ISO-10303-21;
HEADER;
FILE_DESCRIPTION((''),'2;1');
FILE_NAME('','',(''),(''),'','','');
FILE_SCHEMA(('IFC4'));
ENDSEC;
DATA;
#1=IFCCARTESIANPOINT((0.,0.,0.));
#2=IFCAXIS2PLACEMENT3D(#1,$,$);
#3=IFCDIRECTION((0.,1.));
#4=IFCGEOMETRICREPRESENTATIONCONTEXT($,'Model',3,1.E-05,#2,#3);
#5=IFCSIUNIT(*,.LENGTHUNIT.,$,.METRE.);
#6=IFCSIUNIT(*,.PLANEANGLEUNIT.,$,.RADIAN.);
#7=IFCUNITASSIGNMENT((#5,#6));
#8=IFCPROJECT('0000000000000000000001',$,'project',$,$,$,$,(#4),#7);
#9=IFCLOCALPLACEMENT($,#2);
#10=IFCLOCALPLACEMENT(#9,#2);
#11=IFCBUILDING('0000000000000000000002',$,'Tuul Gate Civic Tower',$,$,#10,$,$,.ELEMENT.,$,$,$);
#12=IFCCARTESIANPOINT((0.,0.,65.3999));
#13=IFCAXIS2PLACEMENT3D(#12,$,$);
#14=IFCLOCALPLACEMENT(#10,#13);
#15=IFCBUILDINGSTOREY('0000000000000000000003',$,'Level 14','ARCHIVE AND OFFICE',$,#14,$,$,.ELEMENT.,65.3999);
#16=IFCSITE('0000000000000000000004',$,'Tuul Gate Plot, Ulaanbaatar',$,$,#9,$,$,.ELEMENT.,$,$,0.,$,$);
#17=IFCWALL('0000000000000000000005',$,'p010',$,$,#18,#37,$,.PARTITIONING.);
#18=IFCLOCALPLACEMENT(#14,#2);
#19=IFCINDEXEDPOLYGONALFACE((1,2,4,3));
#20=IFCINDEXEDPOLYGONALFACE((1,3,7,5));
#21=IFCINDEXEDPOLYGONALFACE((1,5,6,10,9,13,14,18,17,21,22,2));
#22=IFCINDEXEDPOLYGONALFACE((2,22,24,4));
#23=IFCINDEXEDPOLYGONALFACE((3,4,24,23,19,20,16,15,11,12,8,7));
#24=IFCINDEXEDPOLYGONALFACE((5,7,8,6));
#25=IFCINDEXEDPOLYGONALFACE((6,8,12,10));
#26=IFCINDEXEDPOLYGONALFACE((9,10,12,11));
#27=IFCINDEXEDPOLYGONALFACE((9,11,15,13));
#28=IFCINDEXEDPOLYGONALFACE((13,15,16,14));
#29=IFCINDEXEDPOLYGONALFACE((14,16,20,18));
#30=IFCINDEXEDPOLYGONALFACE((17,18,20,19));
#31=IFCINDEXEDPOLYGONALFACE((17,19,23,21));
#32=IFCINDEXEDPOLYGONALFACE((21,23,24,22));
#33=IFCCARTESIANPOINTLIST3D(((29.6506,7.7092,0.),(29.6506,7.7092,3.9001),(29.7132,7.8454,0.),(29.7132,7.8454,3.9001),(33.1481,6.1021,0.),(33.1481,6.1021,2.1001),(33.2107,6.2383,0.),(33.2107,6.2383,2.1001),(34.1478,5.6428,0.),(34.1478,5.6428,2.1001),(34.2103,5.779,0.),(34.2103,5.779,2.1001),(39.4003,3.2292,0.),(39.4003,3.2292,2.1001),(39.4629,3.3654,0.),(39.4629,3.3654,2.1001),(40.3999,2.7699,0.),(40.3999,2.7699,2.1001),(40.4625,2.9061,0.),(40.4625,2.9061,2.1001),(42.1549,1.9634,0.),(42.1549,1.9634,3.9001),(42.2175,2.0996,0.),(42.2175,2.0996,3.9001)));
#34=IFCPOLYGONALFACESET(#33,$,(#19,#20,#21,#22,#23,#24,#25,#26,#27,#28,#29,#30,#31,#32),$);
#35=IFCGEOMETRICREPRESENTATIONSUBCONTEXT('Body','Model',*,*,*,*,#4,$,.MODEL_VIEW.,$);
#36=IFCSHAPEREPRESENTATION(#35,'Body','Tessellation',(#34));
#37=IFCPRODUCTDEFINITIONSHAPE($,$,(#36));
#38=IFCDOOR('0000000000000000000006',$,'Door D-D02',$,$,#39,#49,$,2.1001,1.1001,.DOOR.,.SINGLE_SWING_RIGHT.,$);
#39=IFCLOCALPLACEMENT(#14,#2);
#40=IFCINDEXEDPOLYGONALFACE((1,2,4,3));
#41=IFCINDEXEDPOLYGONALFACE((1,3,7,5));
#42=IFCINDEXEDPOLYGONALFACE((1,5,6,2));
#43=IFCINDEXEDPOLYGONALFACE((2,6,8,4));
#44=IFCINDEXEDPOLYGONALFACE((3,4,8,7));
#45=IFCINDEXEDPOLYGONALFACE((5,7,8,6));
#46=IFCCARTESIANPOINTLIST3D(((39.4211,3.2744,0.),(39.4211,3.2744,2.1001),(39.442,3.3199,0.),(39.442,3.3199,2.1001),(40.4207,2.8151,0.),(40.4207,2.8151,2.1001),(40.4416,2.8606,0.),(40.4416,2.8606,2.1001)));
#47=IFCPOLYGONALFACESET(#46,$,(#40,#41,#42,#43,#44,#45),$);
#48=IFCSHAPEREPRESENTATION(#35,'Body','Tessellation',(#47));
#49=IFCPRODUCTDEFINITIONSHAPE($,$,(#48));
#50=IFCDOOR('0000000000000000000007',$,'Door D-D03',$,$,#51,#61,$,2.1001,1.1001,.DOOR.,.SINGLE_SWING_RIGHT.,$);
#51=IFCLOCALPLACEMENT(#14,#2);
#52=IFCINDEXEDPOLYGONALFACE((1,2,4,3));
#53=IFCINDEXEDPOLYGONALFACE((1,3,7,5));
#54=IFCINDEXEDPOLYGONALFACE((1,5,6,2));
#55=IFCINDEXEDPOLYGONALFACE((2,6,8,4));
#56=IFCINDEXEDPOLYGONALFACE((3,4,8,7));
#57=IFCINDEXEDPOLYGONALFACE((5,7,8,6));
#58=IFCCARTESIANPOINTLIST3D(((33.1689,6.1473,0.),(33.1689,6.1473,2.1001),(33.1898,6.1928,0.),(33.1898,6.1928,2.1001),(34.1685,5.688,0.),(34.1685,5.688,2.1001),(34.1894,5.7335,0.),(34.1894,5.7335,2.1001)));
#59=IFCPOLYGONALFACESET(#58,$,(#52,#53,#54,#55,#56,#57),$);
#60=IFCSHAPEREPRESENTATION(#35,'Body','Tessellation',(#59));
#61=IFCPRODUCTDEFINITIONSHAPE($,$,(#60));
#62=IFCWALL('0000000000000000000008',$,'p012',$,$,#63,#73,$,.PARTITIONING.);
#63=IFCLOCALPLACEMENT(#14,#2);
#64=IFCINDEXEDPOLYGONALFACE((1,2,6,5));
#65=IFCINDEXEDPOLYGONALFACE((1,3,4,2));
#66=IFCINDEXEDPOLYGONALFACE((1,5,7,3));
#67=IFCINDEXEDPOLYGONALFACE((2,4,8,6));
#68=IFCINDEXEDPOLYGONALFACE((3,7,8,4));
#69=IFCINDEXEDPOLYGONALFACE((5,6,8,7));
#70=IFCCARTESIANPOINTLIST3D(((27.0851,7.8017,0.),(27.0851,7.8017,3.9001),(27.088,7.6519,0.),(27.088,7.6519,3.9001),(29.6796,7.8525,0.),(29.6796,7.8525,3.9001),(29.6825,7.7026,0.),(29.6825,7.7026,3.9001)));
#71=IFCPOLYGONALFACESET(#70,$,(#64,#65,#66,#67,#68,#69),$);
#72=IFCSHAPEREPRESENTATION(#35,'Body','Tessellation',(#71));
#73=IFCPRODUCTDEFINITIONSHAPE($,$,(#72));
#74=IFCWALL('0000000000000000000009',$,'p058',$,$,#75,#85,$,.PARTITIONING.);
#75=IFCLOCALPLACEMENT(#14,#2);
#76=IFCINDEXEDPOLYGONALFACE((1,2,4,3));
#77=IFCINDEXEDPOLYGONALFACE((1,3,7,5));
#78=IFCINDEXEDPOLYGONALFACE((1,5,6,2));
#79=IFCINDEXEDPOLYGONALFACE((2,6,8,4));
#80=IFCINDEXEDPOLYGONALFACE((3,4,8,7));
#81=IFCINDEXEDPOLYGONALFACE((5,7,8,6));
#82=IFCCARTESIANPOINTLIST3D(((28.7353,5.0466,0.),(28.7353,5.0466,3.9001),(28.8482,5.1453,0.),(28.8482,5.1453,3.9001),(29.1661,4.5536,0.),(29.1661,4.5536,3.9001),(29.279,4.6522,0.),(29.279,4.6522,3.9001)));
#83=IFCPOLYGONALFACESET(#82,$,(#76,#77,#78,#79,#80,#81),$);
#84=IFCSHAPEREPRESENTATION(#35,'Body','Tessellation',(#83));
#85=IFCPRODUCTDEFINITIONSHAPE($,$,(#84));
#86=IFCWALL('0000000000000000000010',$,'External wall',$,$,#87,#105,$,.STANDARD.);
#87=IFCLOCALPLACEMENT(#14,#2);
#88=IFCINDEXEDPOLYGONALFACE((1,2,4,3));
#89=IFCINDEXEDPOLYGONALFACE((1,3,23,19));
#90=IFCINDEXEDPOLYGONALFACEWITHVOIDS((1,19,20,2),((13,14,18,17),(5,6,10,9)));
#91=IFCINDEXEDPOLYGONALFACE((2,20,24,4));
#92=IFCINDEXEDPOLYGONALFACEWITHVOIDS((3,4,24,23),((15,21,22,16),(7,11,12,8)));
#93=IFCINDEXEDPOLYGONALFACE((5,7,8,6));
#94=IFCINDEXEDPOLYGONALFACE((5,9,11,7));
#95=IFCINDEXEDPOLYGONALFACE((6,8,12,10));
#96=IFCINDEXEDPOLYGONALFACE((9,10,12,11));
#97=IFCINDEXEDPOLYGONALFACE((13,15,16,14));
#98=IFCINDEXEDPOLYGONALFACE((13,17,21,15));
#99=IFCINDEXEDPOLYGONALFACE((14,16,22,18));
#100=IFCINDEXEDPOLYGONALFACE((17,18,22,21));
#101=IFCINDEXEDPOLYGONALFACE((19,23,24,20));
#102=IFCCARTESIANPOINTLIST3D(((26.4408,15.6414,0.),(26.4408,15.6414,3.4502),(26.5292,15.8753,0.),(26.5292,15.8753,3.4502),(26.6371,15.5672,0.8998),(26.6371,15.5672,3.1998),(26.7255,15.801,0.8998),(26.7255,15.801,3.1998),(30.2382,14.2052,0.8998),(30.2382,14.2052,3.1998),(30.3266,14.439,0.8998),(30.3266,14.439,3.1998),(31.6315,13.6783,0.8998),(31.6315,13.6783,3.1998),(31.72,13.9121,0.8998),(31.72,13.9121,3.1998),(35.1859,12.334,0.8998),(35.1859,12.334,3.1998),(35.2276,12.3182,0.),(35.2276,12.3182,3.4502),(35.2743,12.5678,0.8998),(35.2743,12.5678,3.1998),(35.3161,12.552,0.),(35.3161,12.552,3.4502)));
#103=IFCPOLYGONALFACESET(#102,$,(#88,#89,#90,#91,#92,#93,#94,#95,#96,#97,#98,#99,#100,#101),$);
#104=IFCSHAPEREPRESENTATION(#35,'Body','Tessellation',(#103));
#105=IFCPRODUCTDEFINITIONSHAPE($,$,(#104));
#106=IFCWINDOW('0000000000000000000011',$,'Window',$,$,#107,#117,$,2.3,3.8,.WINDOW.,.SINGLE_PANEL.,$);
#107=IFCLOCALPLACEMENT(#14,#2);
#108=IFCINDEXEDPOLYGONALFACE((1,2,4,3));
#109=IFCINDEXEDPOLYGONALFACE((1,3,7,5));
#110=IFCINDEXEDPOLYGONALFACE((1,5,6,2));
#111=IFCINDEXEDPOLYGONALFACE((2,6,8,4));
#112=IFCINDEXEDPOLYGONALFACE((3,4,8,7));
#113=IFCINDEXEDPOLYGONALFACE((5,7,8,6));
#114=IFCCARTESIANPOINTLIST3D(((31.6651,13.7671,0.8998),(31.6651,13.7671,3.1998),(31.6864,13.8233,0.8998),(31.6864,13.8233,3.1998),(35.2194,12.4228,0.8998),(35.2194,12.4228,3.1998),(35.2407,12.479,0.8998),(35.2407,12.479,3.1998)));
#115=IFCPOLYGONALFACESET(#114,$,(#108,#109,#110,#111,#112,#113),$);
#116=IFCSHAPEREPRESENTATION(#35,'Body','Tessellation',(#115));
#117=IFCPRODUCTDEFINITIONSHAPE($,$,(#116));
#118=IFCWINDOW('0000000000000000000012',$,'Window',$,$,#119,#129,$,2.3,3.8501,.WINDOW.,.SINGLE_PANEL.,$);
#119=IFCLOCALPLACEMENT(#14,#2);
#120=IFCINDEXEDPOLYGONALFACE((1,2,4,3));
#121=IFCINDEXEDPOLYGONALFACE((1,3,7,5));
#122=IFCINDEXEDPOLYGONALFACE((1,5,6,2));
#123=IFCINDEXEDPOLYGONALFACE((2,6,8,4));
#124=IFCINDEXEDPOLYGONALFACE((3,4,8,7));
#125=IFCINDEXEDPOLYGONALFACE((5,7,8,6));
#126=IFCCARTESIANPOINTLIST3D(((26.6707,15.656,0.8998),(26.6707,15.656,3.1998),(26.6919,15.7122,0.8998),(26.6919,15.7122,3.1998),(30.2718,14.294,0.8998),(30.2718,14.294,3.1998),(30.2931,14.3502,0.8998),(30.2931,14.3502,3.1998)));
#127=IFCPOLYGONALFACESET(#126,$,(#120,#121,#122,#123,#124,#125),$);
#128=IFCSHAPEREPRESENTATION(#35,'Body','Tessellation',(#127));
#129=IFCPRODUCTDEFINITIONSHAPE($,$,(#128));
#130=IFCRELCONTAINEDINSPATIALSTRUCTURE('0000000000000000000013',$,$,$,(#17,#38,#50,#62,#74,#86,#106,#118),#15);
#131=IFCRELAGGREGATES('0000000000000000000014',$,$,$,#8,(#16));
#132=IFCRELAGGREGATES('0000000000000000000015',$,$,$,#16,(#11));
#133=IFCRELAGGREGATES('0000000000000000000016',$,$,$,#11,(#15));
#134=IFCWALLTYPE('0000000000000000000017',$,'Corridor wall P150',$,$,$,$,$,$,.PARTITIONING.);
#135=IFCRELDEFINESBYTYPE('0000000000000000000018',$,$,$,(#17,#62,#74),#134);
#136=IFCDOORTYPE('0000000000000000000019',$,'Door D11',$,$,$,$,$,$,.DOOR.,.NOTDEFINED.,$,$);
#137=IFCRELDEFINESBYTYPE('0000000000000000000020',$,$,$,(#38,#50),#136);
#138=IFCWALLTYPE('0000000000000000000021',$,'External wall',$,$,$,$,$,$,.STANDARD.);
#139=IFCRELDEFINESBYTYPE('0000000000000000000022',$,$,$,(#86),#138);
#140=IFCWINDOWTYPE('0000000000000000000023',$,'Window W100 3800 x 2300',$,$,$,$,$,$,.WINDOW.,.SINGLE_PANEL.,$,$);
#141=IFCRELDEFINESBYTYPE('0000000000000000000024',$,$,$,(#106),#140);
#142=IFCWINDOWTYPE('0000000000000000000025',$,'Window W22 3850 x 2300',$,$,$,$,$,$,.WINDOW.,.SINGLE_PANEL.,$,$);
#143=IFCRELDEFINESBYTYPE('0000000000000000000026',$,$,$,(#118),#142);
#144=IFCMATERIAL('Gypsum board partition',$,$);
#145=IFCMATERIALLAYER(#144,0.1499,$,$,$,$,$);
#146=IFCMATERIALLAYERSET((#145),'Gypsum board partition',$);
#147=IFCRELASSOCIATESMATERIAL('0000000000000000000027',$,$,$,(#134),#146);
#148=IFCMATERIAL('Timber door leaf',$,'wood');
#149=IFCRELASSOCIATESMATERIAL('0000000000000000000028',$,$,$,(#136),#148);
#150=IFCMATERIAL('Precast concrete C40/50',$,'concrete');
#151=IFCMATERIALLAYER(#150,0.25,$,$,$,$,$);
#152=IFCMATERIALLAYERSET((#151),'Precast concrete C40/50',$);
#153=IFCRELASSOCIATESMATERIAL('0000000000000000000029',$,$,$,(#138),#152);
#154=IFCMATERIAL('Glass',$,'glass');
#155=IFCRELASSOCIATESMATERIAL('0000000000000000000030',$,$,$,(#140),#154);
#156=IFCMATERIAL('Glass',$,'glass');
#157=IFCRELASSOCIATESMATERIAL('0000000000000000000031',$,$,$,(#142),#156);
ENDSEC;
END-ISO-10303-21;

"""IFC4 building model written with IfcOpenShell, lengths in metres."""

from ifc_helpers import new_model, si_unit, direction, frame, frame_2d, origin, place, context, subcontext, project, spatial, rectangle, extrude, material, layer, layer_set, type_object, element, fill, save


model = new_model("IFC4")

# Units and contexts
model_context = context("Model", 3, precision=1e-05, world=origin(), true_north=direction((0.0, 1.0)))
body_context = subcontext(model_context, "Body", "Model", "MODEL_VIEW")
ifc_project = project(units=[si_unit("LENGTHUNIT", "METRE"), si_unit("PLANEANGLEUNIT", "RADIAN")], contexts=[model_context])

# Site, building, storey
site_placement = place(None, origin())
site = spatial("IfcSite", under=ifc_project, at=site_placement, Name="Tuul Gate Plot, Ulaanbaatar", CompositionType="ELEMENT", RefElevation=0.0)
building_placement = place(site_placement, origin())
building = spatial("IfcBuilding", under=site, at=building_placement, Name="Tuul Gate Civic Tower", CompositionType="ELEMENT")
storey_placement = place(building_placement, frame((0.0, 0.0, 65.3999)))
storey = spatial("IfcBuildingStorey", under=building, at=storey_placement, Name="Level 14", Description="ARCHIVE AND OFFICE", CompositionType="ELEMENT", Elevation=65.3999)

# Wall, openings, doors
ifc_material_1 = material(Name="Gypsum board partition")
ifc_layer_1 = layer(ifc_material_1, 0.1499)
ifc_layer_set_1 = layer_set([ifc_layer_1], Name="Gypsum board partition")
wall_type_1 = type_object("IfcWallType", Name="Corridor wall P150", PredefinedType="PARTITIONING", material=ifc_layer_set_1)
wall_1_placement = place(storey_placement, frame((29.6819, 7.7773, 0.0), z_axis=(0.0, 0.0, 1.0), x_axis=(0.908661, -0.417535, 0.0)))
wall_1 = element("IfcWall", 1, at=wall_1_placement, inside=storey, type_object=wall_type_1, Name="p010", PredefinedType="PARTITIONING", context=body_context, shape_type="SweptSolid", body=[
    extrude(rectangle(XDim=13.7612, YDim=0.1499, at=frame_2d((6.8806, 0.0))), origin(), (0.0, 0.0, 1.0), 3.9001),
])
opening_1_placement = place(wall_1_placement, frame((10.7297, 0.0, 0.0)))
opening_1 = element("IfcOpeningElement", 2, at=opening_1_placement, cuts=wall_1, PredefinedType="OPENING", context=body_context, shape_type="SweptSolid", body=[
    extrude(rectangle(XDim=1.1001, YDim=2.1001, at=frame_2d((0.55, 1.05))), frame((0.0, 0.085, 0.0), z_axis=(0.0, -1.0, 0.0), x_axis=(1.0, 0.0, 0.0)), (0.0, 0.0, 1.0), 0.1699),
])
opening_2_placement = place(wall_1_placement, frame((3.8491, 0.0, 0.0)))
opening_2 = element("IfcOpeningElement", 3, at=opening_2_placement, cuts=wall_1, PredefinedType="OPENING", context=body_context, shape_type="SweptSolid", body=[
    extrude(rectangle(XDim=1.1001, YDim=2.1001, at=frame_2d((0.55, 1.05))), frame((0.0, 0.085, 0.0), z_axis=(0.0, -1.0, 0.0), x_axis=(1.0, 0.0, 0.0)), (0.0, 0.0, 1.0), 0.1699),
])
ifc_material_2 = material(Name="Timber door leaf", Category="wood")
door_type = type_object("IfcDoorType", Name="Door D11", OperationType="NOTDEFINED", PredefinedType="DOOR", material=ifc_material_2)
door_1_placement = place(opening_1_placement, origin())
door_1 = element("IfcDoor", 4, at=door_1_placement, inside=storey, type_object=door_type, Name="Door D-D02", OperationType="SINGLE_SWING_RIGHT", OverallHeight=2.1001, OverallWidth=1.1001, PredefinedType="DOOR", context=body_context, shape_type="SweptSolid", body=[
    extrude(rectangle(XDim=1.1001, YDim=2.1001, at=frame_2d((0.55, 1.05))), frame((0.0, 0.0249, 0.0), z_axis=(0.0, -1.0, 0.0), x_axis=(1.0, 0.0, 0.0)), (0.0, 0.0, 1.0), 0.05),
])
fill(opening_1, door_1)
door_2_placement = place(opening_2_placement, origin())
door_2 = element("IfcDoor", 5, at=door_2_placement, inside=storey, type_object=door_type, Name="Door D-D03", OperationType="SINGLE_SWING_RIGHT", OverallHeight=2.1001, OverallWidth=1.1001, PredefinedType="DOOR", context=body_context, shape_type="SweptSolid", body=[
    extrude(rectangle(XDim=1.1001, YDim=2.1001, at=frame_2d((0.55, 1.05))), frame((0.0, 0.0249, 0.0), z_axis=(0.0, -1.0, 0.0), x_axis=(1.0, 0.0, 0.0)), (0.0, 0.0, 1.0), 0.05),
])
fill(opening_2, door_2)

# Walls
wall_2_placement = place(storey_placement, frame((27.0867, 7.7268, 0.0), z_axis=(0.0, 0.0, 1.0), x_axis=(0.999809, 0.019569, 0.0)))
element("IfcWall", 6, at=wall_2_placement, inside=storey, type_object=wall_type_1, Name="p012", PredefinedType="PARTITIONING", context=body_context, shape_type="SweptSolid", body=[
    extrude(rectangle(XDim=2.595, YDim=0.1499, at=frame_2d((1.2974, 0.0))), origin(), (0.0, 0.0, 1.0), 3.9001),
])
wall_3_placement = place(storey_placement, frame((28.7917, 5.0959, 0.0), z_axis=(0.0, 0.0, 1.0), x_axis=(0.657977, -0.753038, 0.0)))
element("IfcWall", 7, at=wall_3_placement, inside=storey, type_object=wall_type_1, Name="p058", PredefinedType="PARTITIONING", context=body_context, shape_type="SweptSolid", body=[
    extrude(rectangle(XDim=0.6548, YDim=0.1499, at=frame_2d((0.3274, 0.0))), origin(), (0.0, 0.0, 1.0), 3.9001),
])

# Wall, openings, windows
ifc_material_3 = material(Name="Precast concrete C40/50", Category="concrete")
ifc_layer_2 = layer(ifc_material_3, 0.25)
ifc_layer_set_2 = layer_set([ifc_layer_2], Name="Precast concrete C40/50")
wall_type_2 = type_object("IfcWallType", Name="External wall", PredefinedType="STANDARD", material=ifc_layer_set_2)
wall_4_placement = place(storey_placement, frame((35.272, 12.4351, 0.0), z_axis=(0.0, 0.0, 1.0), x_axis=(-0.93534, 0.353751, 0.0)))
wall_4 = element("IfcWall", 8, at=wall_4_placement, inside=storey, type_object=wall_type_2, Name="External wall", PredefinedType="STANDARD", context=body_context, shape_type="SweptSolid", body=[
    extrude(rectangle(XDim=9.3943, YDim=0.25, at=frame_2d((4.6973, 0.0))), origin(), (0.0, 0.0, 1.0), 3.4502),
])
opening_3_placement = place(wall_4_placement, frame((0.0449, 0.0, 0.8999)))
opening_3 = element("IfcOpeningElement", 9, at=opening_3_placement, cuts=wall_4, PredefinedType="OPENING", context=body_context, shape_type="SweptSolid", body=[
    extrude(rectangle(XDim=3.8, YDim=2.3, at=frame_2d((1.8999, 1.1499))), frame((0.0, 0.135, 0.0), z_axis=(0.0, -1.0, 0.0), x_axis=(1.0, 0.0, 0.0)), (0.0, 0.0, 1.0), 0.27),
])
opening_4_placement = place(wall_4_placement, frame((5.3345, 0.0, 0.8999)))
opening_4 = element("IfcOpeningElement", 10, at=opening_4_placement, cuts=wall_4, PredefinedType="OPENING", context=body_context, shape_type="SweptSolid", body=[
    extrude(rectangle(XDim=3.8501, YDim=2.3, at=frame_2d((1.925, 1.1499))), frame((0.0, 0.135, 0.0), z_axis=(0.0, -1.0, 0.0), x_axis=(1.0, 0.0, 0.0)), (0.0, 0.0, 1.0), 0.27),
])
ifc_material_4 = material(Name="Glass", Category="glass")
window_type_1 = type_object("IfcWindowType", Name="Window W100 3800 x 2300", PartitioningType="SINGLE_PANEL", PredefinedType="WINDOW", material=ifc_material_4)
window_1_placement = place(opening_3_placement, origin())
window_1 = element("IfcWindow", 11, at=window_1_placement, inside=storey, type_object=window_type_1, Name="Window", OverallHeight=2.3, OverallWidth=3.8, PartitioningType="SINGLE_PANEL", PredefinedType="WINDOW", context=body_context, shape_type="SweptSolid", body=[
    extrude(rectangle(XDim=3.8, YDim=2.3, at=frame_2d((1.8999, 1.1499))), frame((0.0, 0.03, 0.0), z_axis=(0.0, -1.0, 0.0), x_axis=(1.0, 0.0, 0.0)), (0.0, 0.0, 1.0), 0.0601),
])
fill(opening_3, window_1)
ifc_material_5 = material(Name="Glass", Category="glass")
window_type_2 = type_object("IfcWindowType", Name="Window W22 3850 x 2300", PartitioningType="SINGLE_PANEL", PredefinedType="WINDOW", material=ifc_material_5)
window_2_placement = place(opening_4_placement, origin())
window_2 = element("IfcWindow", 12, at=window_2_placement, inside=storey, type_object=window_type_2, Name="Window", OverallHeight=2.3, OverallWidth=3.8501, PartitioningType="SINGLE_PANEL", PredefinedType="WINDOW", context=body_context, shape_type="SweptSolid", body=[
    extrude(rectangle(XDim=3.8501, YDim=2.3, at=frame_2d((1.925, 1.1499))), frame((0.0, 0.03, 0.0), z_axis=(0.0, -1.0, 0.0), x_axis=(1.0, 0.0, 0.0)), (0.0, 0.0, 1.0), 0.0601),
])
fill(opening_4, window_2)

save(model, "model.ifc")
